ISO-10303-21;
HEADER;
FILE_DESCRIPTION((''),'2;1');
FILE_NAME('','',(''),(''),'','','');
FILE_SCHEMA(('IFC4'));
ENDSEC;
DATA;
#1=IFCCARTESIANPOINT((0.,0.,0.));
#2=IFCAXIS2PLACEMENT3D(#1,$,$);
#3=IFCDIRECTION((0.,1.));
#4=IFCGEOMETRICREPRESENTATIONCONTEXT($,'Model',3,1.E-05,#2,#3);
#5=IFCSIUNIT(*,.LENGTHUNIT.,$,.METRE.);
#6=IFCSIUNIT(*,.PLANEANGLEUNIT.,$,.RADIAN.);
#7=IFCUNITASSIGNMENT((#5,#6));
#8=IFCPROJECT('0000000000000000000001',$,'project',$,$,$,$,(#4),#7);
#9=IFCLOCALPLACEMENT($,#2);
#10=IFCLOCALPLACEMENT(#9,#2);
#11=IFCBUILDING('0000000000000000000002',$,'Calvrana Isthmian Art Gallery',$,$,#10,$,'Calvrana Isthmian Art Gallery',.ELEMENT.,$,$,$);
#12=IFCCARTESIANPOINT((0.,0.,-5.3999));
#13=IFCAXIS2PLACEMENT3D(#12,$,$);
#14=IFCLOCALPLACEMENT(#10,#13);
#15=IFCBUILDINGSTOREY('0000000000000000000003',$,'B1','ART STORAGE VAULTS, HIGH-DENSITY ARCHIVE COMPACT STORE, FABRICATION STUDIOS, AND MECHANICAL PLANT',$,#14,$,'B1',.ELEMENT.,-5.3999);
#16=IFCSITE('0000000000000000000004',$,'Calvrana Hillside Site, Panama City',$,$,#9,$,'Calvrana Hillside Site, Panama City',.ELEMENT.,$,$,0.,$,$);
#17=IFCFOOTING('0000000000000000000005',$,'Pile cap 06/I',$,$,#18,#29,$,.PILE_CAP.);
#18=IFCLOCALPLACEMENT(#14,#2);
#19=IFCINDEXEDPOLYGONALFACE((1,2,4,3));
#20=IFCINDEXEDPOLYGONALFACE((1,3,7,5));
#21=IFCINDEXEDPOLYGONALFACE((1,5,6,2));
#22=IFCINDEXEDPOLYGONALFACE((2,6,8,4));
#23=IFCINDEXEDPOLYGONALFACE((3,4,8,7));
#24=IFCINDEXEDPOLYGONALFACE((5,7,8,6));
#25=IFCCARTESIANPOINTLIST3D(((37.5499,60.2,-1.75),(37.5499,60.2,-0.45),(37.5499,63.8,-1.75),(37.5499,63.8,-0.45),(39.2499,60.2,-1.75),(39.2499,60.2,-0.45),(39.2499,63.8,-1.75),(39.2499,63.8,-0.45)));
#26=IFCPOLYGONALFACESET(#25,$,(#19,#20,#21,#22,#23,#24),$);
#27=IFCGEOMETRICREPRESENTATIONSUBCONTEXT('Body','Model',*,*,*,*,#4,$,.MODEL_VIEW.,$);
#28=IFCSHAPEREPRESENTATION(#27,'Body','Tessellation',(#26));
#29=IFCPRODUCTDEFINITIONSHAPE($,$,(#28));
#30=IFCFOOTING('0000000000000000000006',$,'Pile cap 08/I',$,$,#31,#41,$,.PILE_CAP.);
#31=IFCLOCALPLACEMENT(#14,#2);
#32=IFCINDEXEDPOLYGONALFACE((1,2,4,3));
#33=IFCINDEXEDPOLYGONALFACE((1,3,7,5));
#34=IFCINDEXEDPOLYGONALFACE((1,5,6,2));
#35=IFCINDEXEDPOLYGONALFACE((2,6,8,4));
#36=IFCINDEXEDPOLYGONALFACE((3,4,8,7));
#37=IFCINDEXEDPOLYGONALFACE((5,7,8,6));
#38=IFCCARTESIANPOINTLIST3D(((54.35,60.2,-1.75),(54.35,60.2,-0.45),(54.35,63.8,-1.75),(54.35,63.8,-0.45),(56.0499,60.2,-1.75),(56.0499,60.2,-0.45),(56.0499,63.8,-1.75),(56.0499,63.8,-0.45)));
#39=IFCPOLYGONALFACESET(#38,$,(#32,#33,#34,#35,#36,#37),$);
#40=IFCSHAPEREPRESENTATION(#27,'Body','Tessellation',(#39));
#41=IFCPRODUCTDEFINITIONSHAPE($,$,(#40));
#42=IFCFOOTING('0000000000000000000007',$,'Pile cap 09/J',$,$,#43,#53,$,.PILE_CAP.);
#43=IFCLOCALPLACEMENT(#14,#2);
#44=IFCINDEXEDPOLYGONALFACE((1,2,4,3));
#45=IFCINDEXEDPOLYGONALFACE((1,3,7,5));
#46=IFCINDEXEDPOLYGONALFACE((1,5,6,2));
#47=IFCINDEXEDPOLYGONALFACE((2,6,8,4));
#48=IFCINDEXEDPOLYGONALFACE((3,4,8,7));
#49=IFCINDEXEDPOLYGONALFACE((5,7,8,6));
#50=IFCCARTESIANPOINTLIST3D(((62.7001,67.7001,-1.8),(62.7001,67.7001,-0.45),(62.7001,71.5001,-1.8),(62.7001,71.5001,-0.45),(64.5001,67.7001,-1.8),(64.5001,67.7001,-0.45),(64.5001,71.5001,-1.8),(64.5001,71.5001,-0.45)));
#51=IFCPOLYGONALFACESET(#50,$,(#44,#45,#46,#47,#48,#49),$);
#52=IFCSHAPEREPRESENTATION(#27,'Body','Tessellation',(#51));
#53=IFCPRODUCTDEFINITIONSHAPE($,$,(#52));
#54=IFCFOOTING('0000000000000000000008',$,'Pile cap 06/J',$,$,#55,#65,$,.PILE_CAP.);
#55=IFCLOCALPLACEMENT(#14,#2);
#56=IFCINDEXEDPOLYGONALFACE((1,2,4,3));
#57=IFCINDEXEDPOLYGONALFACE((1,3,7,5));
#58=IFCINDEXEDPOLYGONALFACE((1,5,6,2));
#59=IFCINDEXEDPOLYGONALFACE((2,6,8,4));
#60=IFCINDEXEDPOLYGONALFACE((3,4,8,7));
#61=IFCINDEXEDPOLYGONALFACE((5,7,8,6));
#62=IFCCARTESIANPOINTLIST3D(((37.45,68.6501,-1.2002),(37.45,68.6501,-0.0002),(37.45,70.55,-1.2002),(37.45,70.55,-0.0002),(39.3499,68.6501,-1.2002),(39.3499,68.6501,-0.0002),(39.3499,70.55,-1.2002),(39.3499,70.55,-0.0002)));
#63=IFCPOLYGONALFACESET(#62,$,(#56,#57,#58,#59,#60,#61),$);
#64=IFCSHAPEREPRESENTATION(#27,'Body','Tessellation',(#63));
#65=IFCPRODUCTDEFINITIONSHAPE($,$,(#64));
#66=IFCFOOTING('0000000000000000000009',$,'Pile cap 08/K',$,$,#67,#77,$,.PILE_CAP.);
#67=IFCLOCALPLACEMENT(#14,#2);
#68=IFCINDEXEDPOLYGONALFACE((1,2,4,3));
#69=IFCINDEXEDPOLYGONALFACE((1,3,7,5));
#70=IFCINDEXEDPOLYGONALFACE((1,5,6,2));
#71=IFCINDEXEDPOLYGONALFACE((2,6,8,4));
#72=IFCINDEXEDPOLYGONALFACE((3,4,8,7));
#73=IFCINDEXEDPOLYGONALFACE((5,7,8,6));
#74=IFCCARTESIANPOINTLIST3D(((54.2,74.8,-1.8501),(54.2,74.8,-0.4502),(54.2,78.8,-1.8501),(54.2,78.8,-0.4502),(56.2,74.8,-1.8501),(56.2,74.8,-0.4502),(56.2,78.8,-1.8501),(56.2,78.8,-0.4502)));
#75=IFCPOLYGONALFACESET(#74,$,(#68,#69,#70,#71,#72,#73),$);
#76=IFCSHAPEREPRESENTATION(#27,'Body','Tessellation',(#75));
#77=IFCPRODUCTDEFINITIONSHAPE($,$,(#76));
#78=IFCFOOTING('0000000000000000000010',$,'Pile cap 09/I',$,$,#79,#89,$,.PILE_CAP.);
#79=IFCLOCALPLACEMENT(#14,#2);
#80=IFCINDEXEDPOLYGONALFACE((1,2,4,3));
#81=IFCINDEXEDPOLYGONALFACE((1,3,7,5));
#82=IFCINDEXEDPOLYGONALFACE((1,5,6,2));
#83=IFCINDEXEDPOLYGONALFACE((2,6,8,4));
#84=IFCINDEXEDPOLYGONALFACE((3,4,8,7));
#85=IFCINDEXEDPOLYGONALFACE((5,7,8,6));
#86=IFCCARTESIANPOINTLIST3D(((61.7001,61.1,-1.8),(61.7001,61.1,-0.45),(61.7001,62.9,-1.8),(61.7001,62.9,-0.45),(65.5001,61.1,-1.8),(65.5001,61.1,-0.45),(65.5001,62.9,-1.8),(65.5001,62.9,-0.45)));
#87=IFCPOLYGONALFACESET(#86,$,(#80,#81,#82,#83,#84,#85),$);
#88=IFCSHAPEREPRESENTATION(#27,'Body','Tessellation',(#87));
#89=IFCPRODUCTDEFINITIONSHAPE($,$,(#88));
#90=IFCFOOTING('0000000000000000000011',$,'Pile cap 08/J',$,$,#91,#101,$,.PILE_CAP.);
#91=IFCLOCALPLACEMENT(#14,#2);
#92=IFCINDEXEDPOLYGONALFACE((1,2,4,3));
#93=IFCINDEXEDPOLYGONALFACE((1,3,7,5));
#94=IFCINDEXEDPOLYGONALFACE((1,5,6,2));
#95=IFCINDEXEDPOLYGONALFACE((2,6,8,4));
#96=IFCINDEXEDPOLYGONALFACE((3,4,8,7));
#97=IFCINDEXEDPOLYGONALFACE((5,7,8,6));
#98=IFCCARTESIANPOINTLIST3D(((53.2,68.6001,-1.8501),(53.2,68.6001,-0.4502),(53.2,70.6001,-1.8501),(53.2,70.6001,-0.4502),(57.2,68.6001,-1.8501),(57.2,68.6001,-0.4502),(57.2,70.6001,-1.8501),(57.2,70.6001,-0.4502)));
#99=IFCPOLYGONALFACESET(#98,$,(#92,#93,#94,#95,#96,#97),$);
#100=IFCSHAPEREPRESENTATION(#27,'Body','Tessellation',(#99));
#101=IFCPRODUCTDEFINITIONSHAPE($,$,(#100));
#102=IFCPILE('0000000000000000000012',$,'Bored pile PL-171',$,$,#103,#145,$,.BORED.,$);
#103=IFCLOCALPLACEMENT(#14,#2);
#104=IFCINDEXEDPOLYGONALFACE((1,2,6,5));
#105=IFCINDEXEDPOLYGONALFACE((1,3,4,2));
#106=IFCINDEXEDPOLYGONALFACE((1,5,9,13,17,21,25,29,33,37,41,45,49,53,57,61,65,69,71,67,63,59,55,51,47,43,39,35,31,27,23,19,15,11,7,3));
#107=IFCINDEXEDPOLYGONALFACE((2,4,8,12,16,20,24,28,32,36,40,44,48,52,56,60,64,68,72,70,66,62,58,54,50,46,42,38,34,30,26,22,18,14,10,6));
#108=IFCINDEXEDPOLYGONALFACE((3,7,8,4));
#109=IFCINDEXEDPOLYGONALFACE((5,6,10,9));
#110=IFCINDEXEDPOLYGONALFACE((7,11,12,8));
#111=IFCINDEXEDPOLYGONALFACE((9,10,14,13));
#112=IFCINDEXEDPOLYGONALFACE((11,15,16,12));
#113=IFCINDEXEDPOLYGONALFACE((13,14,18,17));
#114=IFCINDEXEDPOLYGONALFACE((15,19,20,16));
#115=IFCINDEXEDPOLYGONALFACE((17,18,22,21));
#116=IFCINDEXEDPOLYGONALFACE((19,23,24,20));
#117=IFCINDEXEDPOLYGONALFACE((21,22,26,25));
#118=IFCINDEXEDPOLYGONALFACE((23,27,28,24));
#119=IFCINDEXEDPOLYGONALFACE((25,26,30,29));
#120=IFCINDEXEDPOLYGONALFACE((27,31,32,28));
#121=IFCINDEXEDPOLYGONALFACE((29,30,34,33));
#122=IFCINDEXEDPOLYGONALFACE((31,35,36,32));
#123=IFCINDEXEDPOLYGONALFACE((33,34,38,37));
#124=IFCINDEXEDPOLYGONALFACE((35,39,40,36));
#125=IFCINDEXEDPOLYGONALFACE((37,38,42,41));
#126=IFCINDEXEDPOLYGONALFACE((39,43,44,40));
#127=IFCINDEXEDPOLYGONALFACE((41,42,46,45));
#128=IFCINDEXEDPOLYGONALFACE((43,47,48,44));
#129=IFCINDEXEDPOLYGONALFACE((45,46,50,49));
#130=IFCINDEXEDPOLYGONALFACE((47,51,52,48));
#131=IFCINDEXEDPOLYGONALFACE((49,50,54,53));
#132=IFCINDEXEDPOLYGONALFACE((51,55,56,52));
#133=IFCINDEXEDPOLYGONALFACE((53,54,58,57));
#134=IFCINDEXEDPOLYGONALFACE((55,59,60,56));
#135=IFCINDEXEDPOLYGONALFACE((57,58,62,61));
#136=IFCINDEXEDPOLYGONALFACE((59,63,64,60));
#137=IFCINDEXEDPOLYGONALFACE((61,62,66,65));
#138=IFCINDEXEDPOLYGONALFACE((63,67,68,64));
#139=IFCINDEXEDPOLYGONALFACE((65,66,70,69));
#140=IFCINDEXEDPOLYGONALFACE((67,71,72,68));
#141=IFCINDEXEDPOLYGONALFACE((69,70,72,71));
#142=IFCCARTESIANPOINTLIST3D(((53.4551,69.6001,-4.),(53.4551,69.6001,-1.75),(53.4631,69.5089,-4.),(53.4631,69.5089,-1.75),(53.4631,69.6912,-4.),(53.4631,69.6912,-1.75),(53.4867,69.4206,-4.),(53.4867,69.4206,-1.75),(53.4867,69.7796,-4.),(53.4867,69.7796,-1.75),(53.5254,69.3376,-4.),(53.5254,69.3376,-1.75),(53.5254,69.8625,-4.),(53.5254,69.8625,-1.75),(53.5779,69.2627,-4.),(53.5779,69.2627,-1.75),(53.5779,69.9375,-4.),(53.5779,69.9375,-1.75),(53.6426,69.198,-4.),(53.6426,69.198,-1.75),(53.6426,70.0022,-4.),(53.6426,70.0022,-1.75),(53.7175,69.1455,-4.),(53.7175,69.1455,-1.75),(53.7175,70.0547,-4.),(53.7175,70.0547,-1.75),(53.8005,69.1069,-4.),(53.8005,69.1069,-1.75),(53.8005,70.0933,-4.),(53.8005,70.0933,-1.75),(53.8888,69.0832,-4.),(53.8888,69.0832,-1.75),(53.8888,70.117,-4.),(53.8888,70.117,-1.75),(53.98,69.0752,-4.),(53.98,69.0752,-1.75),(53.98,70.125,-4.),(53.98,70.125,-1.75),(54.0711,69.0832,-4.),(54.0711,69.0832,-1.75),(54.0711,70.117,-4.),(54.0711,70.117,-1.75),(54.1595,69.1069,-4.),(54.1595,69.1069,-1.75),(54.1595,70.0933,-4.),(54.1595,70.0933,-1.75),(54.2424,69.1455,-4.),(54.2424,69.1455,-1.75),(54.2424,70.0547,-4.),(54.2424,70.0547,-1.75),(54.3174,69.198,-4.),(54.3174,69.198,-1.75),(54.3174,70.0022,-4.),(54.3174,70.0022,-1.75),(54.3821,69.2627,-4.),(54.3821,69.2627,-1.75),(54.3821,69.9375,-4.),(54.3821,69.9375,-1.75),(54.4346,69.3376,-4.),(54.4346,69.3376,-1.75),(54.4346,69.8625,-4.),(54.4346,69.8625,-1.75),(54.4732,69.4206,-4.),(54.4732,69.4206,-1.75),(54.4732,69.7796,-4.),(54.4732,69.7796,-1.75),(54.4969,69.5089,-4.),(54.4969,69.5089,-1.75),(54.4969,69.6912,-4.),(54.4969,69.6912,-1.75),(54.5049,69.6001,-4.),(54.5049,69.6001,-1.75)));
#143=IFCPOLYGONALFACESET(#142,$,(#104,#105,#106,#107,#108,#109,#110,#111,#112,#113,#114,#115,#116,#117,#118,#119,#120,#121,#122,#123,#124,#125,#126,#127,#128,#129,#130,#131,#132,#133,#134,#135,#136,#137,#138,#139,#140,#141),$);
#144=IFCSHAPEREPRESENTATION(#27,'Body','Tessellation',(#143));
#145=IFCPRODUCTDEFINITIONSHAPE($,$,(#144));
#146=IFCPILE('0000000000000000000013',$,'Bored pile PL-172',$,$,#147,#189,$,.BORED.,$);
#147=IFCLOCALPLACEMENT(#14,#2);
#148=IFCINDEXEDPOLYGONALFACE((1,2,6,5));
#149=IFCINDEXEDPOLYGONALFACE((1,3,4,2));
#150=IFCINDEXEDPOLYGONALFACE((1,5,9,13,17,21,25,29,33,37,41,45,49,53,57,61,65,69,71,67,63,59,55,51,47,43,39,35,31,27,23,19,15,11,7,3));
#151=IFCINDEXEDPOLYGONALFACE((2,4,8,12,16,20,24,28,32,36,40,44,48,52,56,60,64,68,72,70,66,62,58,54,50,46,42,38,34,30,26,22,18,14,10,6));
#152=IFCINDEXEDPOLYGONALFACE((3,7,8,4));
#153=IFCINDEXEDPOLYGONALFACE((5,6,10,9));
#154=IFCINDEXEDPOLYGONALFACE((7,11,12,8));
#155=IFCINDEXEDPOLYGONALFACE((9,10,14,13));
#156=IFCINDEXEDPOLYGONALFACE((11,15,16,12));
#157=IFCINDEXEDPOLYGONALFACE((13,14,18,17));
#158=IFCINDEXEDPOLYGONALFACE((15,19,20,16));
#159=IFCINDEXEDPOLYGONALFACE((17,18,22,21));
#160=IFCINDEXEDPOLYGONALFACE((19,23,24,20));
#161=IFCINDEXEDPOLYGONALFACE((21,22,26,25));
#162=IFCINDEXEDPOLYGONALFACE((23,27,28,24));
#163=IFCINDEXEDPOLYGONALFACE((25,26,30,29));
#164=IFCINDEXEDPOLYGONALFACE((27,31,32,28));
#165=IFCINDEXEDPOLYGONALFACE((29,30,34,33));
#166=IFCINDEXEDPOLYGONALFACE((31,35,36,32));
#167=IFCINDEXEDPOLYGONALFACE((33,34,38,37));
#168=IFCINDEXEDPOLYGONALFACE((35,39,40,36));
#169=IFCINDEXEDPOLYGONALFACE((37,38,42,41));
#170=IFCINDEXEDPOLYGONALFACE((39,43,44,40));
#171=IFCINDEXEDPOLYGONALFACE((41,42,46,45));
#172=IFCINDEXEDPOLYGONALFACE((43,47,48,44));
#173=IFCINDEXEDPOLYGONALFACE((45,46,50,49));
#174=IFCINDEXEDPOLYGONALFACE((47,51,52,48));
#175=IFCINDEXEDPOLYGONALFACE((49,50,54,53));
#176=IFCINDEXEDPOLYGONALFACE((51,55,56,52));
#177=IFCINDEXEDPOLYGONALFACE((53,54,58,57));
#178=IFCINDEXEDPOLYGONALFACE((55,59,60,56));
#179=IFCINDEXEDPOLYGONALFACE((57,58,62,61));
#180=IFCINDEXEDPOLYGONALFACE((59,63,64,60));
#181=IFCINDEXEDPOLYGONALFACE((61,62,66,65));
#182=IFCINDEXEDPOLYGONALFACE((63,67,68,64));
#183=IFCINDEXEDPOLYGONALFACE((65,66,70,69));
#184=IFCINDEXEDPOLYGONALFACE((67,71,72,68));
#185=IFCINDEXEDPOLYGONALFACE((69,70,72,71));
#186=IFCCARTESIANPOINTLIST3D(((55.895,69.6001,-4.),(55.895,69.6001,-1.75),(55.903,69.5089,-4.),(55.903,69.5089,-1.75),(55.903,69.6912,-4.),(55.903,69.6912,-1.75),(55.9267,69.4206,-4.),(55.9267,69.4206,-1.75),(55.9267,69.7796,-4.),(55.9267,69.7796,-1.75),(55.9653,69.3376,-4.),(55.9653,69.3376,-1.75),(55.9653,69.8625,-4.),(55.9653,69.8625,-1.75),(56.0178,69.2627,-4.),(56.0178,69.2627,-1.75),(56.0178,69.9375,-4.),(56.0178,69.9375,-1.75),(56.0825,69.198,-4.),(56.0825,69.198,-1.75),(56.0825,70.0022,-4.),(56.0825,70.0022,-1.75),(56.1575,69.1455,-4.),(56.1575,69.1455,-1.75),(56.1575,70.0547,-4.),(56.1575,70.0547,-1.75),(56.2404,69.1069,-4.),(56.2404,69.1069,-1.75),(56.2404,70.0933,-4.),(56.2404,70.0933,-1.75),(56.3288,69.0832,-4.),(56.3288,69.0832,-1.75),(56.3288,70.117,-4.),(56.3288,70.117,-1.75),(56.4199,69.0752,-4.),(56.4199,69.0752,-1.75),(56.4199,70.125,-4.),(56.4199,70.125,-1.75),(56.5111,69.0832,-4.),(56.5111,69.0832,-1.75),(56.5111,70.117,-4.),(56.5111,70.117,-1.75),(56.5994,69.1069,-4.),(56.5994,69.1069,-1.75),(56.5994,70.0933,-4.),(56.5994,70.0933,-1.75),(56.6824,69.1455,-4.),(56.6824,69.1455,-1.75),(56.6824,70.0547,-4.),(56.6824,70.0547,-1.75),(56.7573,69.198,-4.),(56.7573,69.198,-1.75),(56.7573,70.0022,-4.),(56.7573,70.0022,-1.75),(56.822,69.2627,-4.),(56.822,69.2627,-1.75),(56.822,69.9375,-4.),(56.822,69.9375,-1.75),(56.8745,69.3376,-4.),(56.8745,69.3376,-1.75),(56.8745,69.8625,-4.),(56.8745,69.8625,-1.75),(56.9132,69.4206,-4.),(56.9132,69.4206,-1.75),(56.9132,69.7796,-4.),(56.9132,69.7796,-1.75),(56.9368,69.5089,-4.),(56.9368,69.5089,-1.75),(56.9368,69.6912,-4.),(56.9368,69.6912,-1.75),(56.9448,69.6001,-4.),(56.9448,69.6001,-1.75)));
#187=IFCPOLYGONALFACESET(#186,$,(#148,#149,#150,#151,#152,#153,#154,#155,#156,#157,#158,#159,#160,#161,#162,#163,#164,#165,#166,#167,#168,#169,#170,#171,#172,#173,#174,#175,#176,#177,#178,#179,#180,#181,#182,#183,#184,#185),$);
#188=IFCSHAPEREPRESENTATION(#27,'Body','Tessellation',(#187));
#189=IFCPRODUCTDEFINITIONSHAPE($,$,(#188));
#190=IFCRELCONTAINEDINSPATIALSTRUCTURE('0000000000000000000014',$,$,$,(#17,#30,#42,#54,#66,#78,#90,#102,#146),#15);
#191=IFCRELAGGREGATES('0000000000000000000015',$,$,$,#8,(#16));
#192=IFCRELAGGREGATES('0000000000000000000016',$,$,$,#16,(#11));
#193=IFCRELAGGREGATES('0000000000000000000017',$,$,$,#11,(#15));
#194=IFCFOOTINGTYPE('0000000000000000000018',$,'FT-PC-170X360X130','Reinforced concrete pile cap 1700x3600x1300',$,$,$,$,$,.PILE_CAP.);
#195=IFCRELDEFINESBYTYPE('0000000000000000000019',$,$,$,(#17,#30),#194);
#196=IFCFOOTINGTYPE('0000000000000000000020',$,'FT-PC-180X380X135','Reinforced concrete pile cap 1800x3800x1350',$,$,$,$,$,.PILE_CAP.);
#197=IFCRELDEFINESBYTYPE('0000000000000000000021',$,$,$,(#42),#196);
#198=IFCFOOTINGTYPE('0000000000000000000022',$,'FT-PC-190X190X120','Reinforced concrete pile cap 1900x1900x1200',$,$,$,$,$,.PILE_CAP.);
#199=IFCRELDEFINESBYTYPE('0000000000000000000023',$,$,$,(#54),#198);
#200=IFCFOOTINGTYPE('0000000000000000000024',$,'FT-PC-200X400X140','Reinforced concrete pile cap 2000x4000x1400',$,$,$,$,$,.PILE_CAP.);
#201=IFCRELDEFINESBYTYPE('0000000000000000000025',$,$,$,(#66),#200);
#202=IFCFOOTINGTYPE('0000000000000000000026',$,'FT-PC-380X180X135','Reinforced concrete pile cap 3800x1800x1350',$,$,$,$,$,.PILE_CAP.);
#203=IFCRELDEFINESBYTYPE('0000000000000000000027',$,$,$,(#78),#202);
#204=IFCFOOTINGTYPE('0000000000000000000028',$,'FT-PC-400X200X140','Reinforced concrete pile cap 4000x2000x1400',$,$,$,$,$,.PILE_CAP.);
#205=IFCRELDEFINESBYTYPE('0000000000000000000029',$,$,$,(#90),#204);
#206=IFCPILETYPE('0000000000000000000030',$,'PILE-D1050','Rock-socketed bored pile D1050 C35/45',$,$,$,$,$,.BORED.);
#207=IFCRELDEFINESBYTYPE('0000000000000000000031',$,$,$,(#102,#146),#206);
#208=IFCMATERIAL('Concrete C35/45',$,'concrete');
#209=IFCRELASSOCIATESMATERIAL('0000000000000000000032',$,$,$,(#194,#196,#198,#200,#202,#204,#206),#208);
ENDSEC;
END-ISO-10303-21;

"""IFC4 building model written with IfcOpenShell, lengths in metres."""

from ifc_helpers import new_model, si_unit, direction, frame, origin, origin_2d, place, context, subcontext, project, spatial, rectangle, circle, extrude, material, material_profile, profile_set, type_object, element, save


model = new_model("IFC4")

# Units and contexts
model_context = context("Model", 3, precision=1e-05, world=origin(), true_north=direction((0.0, 1.0)))
body_context = subcontext(model_context, "Body", "Model", "MODEL_VIEW")
ifc_project = project(units=[si_unit("LENGTHUNIT", "METRE"), si_unit("PLANEANGLEUNIT", "RADIAN")], contexts=[model_context])

# Site, building, storey
site_placement = place(None, origin())
site = spatial("IfcSite", under=ifc_project, at=site_placement, Name="Calvrana Hillside Site, Panama City", LongName="Calvrana Hillside Site, Panama City", CompositionType="ELEMENT", RefElevation=0.0)
building_placement = place(site_placement, origin())
building = spatial("IfcBuilding", under=site, at=building_placement, Name="Calvrana Isthmian Art Gallery", LongName="Calvrana Isthmian Art Gallery", CompositionType="ELEMENT")
storey_placement = place(building_placement, frame((0.0, 0.0, -5.3999)))
storey = spatial("IfcBuildingStorey", under=building, at=storey_placement, Name="B1", Description="ART STORAGE VAULTS, HIGH-DENSITY ARCHIVE COMPACT STORE, FABRICATION STUDIOS, AND MECHANICAL PLANT", LongName="B1", CompositionType="ELEMENT", Elevation=-5.3999)

# Footings
ifc_material_1 = material(Name="Concrete C35/45", Category="concrete")
footing_type_1 = type_object("IfcFootingType", Name="FT-PC-170X360X130", Description="Reinforced concrete pile cap 1700x3600x1300", PredefinedType="PILE_CAP", material=ifc_material_1)
for number, where, z_axis, x_axis, name in (
    (1, (38.3999, 62.0, -1.75), (0.0, 0.0, 1.0), (1.0, 0.0, 0.0), "Pile cap 06/I"),
    (2, (55.2, 62.0, -1.75), (0.0, 0.0, 1.0), (1.0, 0.0, 0.0), "Pile cap 08/I"),
):
    element("IfcFooting", number, at=place(storey_placement, frame(where, z_axis=z_axis, x_axis=x_axis)), inside=storey, type_object=footing_type_1, Name=name, PredefinedType="PILE_CAP", context=body_context, shape_type="SweptSolid", body=[
        extrude(rectangle(XDim=1.7, YDim=3.6001, at=origin_2d()), origin(), (0.0, 0.0, 1.0), 1.3),
    ])
footing_type_2 = type_object("IfcFootingType", Name="FT-PC-180X380X135", Description="Reinforced concrete pile cap 1800x3800x1350", PredefinedType="PILE_CAP", material=ifc_material_1)
footing_1_placement = place(storey_placement, frame((63.6001, 69.6001, -1.8), z_axis=(0.0, 0.0, 1.0), x_axis=(1.0, 0.0, 0.0)))
element("IfcFooting", 3, at=footing_1_placement, inside=storey, type_object=footing_type_2, Name="Pile cap 09/J", PredefinedType="PILE_CAP", context=body_context, shape_type="SweptSolid", body=[
    extrude(rectangle(XDim=1.8, YDim=3.8, at=origin_2d()), origin(), (0.0, 0.0, 1.0), 1.3501),
])
footing_type_3 = type_object("IfcFootingType", Name="FT-PC-190X190X120", Description="Reinforced concrete pile cap 1900x1900x1200", PredefinedType="PILE_CAP", material=ifc_material_1)
footing_2_placement = place(storey_placement, frame((38.3999, 69.6001, -1.2002), z_axis=(0.0, 0.0, 1.0), x_axis=(1.0, 0.0, 0.0)))
element("IfcFooting", 4, at=footing_2_placement, inside=storey, type_object=footing_type_3, Name="Pile cap 06/J", PredefinedType="PILE_CAP", context=body_context, shape_type="SweptSolid", body=[
    extrude(rectangle(XDim=1.8999, YDim=1.8999, at=origin_2d()), origin(), (0.0, 0.0, 1.0), 1.2),
])
footing_type_4 = type_object("IfcFootingType", Name="FT-PC-200X400X140", Description="Reinforced concrete pile cap 2000x4000x1400", PredefinedType="PILE_CAP", material=ifc_material_1)
footing_3_placement = place(storey_placement, frame((55.2, 76.8, -1.8501), z_axis=(0.0, 0.0, 1.0), x_axis=(1.0, 0.0, 0.0)))
element("IfcFooting", 5, at=footing_3_placement, inside=storey, type_object=footing_type_4, Name="Pile cap 08/K", PredefinedType="PILE_CAP", context=body_context, shape_type="SweptSolid", body=[
    extrude(rectangle(XDim=2.0, YDim=4.0, at=origin_2d()), origin(), (0.0, 0.0, 1.0), 1.3999),
])
footing_type_5 = type_object("IfcFootingType", Name="FT-PC-380X180X135", Description="Reinforced concrete pile cap 3800x1800x1350", PredefinedType="PILE_CAP", material=ifc_material_1)
footing_4_placement = place(storey_placement, frame((63.6001, 62.0, -1.8), z_axis=(0.0, 0.0, 1.0), x_axis=(1.0, 0.0, 0.0)))
element("IfcFooting", 6, at=footing_4_placement, inside=storey, type_object=footing_type_5, Name="Pile cap 09/I", PredefinedType="PILE_CAP", context=body_context, shape_type="SweptSolid", body=[
    extrude(rectangle(XDim=3.8, YDim=1.8, at=origin_2d()), origin(), (0.0, 0.0, 1.0), 1.3501),
])
footing_type_6 = type_object("IfcFootingType", Name="FT-PC-400X200X140", Description="Reinforced concrete pile cap 4000x2000x1400", PredefinedType="PILE_CAP", material=ifc_material_1)
footing_5_placement = place(storey_placement, frame((55.2, 69.6001, -1.8501), z_axis=(0.0, 0.0, 1.0), x_axis=(1.0, 0.0, 0.0)))
element("IfcFooting", 7, at=footing_5_placement, inside=storey, type_object=footing_type_6, Name="Pile cap 08/J", PredefinedType="PILE_CAP", context=body_context, shape_type="SweptSolid", body=[
    extrude(rectangle(XDim=4.0, YDim=2.0, at=origin_2d()), origin(), (0.0, 0.0, 1.0), 1.3999),
])

# Piles
ifc_material_profile_1 = material_profile(ifc_material_1, circle(Radius=0.5249, at=origin_2d()), Name="PILE1050D")
ifc_profile_set_1 = profile_set([ifc_material_profile_1], Name="Concrete C35/45")
pile_type_1 = type_object("IfcPileType", Name="PILE-D1050", Description="Rock-socketed bored pile D1050 C35/45", PredefinedType="BORED", material=ifc_profile_set_1)
for number, where, z_axis, x_axis, name in (
    (8, (53.98, 69.6001, -1.75), (0.0, 0.0, -1.0), (1.0, 0.0, 0.0), "Bored pile PL-171"),
    (9, (56.4199, 69.6001, -1.75), (0.0, 0.0, -1.0), (1.0, 0.0, 0.0), "Bored pile PL-172"),
):
    element("IfcPile", number, at=place(storey_placement, frame(where, z_axis=z_axis, x_axis=x_axis)), inside=storey, type_object=pile_type_1, Name=name, PredefinedType="BORED", context=body_context, shape_type="SweptSolid", body=[
        extrude(circle(Radius=0.5249, at=origin_2d()), origin(), (0.0, 0.0, 1.0), 2.25),
    ])

save(model, "model.ifc")
